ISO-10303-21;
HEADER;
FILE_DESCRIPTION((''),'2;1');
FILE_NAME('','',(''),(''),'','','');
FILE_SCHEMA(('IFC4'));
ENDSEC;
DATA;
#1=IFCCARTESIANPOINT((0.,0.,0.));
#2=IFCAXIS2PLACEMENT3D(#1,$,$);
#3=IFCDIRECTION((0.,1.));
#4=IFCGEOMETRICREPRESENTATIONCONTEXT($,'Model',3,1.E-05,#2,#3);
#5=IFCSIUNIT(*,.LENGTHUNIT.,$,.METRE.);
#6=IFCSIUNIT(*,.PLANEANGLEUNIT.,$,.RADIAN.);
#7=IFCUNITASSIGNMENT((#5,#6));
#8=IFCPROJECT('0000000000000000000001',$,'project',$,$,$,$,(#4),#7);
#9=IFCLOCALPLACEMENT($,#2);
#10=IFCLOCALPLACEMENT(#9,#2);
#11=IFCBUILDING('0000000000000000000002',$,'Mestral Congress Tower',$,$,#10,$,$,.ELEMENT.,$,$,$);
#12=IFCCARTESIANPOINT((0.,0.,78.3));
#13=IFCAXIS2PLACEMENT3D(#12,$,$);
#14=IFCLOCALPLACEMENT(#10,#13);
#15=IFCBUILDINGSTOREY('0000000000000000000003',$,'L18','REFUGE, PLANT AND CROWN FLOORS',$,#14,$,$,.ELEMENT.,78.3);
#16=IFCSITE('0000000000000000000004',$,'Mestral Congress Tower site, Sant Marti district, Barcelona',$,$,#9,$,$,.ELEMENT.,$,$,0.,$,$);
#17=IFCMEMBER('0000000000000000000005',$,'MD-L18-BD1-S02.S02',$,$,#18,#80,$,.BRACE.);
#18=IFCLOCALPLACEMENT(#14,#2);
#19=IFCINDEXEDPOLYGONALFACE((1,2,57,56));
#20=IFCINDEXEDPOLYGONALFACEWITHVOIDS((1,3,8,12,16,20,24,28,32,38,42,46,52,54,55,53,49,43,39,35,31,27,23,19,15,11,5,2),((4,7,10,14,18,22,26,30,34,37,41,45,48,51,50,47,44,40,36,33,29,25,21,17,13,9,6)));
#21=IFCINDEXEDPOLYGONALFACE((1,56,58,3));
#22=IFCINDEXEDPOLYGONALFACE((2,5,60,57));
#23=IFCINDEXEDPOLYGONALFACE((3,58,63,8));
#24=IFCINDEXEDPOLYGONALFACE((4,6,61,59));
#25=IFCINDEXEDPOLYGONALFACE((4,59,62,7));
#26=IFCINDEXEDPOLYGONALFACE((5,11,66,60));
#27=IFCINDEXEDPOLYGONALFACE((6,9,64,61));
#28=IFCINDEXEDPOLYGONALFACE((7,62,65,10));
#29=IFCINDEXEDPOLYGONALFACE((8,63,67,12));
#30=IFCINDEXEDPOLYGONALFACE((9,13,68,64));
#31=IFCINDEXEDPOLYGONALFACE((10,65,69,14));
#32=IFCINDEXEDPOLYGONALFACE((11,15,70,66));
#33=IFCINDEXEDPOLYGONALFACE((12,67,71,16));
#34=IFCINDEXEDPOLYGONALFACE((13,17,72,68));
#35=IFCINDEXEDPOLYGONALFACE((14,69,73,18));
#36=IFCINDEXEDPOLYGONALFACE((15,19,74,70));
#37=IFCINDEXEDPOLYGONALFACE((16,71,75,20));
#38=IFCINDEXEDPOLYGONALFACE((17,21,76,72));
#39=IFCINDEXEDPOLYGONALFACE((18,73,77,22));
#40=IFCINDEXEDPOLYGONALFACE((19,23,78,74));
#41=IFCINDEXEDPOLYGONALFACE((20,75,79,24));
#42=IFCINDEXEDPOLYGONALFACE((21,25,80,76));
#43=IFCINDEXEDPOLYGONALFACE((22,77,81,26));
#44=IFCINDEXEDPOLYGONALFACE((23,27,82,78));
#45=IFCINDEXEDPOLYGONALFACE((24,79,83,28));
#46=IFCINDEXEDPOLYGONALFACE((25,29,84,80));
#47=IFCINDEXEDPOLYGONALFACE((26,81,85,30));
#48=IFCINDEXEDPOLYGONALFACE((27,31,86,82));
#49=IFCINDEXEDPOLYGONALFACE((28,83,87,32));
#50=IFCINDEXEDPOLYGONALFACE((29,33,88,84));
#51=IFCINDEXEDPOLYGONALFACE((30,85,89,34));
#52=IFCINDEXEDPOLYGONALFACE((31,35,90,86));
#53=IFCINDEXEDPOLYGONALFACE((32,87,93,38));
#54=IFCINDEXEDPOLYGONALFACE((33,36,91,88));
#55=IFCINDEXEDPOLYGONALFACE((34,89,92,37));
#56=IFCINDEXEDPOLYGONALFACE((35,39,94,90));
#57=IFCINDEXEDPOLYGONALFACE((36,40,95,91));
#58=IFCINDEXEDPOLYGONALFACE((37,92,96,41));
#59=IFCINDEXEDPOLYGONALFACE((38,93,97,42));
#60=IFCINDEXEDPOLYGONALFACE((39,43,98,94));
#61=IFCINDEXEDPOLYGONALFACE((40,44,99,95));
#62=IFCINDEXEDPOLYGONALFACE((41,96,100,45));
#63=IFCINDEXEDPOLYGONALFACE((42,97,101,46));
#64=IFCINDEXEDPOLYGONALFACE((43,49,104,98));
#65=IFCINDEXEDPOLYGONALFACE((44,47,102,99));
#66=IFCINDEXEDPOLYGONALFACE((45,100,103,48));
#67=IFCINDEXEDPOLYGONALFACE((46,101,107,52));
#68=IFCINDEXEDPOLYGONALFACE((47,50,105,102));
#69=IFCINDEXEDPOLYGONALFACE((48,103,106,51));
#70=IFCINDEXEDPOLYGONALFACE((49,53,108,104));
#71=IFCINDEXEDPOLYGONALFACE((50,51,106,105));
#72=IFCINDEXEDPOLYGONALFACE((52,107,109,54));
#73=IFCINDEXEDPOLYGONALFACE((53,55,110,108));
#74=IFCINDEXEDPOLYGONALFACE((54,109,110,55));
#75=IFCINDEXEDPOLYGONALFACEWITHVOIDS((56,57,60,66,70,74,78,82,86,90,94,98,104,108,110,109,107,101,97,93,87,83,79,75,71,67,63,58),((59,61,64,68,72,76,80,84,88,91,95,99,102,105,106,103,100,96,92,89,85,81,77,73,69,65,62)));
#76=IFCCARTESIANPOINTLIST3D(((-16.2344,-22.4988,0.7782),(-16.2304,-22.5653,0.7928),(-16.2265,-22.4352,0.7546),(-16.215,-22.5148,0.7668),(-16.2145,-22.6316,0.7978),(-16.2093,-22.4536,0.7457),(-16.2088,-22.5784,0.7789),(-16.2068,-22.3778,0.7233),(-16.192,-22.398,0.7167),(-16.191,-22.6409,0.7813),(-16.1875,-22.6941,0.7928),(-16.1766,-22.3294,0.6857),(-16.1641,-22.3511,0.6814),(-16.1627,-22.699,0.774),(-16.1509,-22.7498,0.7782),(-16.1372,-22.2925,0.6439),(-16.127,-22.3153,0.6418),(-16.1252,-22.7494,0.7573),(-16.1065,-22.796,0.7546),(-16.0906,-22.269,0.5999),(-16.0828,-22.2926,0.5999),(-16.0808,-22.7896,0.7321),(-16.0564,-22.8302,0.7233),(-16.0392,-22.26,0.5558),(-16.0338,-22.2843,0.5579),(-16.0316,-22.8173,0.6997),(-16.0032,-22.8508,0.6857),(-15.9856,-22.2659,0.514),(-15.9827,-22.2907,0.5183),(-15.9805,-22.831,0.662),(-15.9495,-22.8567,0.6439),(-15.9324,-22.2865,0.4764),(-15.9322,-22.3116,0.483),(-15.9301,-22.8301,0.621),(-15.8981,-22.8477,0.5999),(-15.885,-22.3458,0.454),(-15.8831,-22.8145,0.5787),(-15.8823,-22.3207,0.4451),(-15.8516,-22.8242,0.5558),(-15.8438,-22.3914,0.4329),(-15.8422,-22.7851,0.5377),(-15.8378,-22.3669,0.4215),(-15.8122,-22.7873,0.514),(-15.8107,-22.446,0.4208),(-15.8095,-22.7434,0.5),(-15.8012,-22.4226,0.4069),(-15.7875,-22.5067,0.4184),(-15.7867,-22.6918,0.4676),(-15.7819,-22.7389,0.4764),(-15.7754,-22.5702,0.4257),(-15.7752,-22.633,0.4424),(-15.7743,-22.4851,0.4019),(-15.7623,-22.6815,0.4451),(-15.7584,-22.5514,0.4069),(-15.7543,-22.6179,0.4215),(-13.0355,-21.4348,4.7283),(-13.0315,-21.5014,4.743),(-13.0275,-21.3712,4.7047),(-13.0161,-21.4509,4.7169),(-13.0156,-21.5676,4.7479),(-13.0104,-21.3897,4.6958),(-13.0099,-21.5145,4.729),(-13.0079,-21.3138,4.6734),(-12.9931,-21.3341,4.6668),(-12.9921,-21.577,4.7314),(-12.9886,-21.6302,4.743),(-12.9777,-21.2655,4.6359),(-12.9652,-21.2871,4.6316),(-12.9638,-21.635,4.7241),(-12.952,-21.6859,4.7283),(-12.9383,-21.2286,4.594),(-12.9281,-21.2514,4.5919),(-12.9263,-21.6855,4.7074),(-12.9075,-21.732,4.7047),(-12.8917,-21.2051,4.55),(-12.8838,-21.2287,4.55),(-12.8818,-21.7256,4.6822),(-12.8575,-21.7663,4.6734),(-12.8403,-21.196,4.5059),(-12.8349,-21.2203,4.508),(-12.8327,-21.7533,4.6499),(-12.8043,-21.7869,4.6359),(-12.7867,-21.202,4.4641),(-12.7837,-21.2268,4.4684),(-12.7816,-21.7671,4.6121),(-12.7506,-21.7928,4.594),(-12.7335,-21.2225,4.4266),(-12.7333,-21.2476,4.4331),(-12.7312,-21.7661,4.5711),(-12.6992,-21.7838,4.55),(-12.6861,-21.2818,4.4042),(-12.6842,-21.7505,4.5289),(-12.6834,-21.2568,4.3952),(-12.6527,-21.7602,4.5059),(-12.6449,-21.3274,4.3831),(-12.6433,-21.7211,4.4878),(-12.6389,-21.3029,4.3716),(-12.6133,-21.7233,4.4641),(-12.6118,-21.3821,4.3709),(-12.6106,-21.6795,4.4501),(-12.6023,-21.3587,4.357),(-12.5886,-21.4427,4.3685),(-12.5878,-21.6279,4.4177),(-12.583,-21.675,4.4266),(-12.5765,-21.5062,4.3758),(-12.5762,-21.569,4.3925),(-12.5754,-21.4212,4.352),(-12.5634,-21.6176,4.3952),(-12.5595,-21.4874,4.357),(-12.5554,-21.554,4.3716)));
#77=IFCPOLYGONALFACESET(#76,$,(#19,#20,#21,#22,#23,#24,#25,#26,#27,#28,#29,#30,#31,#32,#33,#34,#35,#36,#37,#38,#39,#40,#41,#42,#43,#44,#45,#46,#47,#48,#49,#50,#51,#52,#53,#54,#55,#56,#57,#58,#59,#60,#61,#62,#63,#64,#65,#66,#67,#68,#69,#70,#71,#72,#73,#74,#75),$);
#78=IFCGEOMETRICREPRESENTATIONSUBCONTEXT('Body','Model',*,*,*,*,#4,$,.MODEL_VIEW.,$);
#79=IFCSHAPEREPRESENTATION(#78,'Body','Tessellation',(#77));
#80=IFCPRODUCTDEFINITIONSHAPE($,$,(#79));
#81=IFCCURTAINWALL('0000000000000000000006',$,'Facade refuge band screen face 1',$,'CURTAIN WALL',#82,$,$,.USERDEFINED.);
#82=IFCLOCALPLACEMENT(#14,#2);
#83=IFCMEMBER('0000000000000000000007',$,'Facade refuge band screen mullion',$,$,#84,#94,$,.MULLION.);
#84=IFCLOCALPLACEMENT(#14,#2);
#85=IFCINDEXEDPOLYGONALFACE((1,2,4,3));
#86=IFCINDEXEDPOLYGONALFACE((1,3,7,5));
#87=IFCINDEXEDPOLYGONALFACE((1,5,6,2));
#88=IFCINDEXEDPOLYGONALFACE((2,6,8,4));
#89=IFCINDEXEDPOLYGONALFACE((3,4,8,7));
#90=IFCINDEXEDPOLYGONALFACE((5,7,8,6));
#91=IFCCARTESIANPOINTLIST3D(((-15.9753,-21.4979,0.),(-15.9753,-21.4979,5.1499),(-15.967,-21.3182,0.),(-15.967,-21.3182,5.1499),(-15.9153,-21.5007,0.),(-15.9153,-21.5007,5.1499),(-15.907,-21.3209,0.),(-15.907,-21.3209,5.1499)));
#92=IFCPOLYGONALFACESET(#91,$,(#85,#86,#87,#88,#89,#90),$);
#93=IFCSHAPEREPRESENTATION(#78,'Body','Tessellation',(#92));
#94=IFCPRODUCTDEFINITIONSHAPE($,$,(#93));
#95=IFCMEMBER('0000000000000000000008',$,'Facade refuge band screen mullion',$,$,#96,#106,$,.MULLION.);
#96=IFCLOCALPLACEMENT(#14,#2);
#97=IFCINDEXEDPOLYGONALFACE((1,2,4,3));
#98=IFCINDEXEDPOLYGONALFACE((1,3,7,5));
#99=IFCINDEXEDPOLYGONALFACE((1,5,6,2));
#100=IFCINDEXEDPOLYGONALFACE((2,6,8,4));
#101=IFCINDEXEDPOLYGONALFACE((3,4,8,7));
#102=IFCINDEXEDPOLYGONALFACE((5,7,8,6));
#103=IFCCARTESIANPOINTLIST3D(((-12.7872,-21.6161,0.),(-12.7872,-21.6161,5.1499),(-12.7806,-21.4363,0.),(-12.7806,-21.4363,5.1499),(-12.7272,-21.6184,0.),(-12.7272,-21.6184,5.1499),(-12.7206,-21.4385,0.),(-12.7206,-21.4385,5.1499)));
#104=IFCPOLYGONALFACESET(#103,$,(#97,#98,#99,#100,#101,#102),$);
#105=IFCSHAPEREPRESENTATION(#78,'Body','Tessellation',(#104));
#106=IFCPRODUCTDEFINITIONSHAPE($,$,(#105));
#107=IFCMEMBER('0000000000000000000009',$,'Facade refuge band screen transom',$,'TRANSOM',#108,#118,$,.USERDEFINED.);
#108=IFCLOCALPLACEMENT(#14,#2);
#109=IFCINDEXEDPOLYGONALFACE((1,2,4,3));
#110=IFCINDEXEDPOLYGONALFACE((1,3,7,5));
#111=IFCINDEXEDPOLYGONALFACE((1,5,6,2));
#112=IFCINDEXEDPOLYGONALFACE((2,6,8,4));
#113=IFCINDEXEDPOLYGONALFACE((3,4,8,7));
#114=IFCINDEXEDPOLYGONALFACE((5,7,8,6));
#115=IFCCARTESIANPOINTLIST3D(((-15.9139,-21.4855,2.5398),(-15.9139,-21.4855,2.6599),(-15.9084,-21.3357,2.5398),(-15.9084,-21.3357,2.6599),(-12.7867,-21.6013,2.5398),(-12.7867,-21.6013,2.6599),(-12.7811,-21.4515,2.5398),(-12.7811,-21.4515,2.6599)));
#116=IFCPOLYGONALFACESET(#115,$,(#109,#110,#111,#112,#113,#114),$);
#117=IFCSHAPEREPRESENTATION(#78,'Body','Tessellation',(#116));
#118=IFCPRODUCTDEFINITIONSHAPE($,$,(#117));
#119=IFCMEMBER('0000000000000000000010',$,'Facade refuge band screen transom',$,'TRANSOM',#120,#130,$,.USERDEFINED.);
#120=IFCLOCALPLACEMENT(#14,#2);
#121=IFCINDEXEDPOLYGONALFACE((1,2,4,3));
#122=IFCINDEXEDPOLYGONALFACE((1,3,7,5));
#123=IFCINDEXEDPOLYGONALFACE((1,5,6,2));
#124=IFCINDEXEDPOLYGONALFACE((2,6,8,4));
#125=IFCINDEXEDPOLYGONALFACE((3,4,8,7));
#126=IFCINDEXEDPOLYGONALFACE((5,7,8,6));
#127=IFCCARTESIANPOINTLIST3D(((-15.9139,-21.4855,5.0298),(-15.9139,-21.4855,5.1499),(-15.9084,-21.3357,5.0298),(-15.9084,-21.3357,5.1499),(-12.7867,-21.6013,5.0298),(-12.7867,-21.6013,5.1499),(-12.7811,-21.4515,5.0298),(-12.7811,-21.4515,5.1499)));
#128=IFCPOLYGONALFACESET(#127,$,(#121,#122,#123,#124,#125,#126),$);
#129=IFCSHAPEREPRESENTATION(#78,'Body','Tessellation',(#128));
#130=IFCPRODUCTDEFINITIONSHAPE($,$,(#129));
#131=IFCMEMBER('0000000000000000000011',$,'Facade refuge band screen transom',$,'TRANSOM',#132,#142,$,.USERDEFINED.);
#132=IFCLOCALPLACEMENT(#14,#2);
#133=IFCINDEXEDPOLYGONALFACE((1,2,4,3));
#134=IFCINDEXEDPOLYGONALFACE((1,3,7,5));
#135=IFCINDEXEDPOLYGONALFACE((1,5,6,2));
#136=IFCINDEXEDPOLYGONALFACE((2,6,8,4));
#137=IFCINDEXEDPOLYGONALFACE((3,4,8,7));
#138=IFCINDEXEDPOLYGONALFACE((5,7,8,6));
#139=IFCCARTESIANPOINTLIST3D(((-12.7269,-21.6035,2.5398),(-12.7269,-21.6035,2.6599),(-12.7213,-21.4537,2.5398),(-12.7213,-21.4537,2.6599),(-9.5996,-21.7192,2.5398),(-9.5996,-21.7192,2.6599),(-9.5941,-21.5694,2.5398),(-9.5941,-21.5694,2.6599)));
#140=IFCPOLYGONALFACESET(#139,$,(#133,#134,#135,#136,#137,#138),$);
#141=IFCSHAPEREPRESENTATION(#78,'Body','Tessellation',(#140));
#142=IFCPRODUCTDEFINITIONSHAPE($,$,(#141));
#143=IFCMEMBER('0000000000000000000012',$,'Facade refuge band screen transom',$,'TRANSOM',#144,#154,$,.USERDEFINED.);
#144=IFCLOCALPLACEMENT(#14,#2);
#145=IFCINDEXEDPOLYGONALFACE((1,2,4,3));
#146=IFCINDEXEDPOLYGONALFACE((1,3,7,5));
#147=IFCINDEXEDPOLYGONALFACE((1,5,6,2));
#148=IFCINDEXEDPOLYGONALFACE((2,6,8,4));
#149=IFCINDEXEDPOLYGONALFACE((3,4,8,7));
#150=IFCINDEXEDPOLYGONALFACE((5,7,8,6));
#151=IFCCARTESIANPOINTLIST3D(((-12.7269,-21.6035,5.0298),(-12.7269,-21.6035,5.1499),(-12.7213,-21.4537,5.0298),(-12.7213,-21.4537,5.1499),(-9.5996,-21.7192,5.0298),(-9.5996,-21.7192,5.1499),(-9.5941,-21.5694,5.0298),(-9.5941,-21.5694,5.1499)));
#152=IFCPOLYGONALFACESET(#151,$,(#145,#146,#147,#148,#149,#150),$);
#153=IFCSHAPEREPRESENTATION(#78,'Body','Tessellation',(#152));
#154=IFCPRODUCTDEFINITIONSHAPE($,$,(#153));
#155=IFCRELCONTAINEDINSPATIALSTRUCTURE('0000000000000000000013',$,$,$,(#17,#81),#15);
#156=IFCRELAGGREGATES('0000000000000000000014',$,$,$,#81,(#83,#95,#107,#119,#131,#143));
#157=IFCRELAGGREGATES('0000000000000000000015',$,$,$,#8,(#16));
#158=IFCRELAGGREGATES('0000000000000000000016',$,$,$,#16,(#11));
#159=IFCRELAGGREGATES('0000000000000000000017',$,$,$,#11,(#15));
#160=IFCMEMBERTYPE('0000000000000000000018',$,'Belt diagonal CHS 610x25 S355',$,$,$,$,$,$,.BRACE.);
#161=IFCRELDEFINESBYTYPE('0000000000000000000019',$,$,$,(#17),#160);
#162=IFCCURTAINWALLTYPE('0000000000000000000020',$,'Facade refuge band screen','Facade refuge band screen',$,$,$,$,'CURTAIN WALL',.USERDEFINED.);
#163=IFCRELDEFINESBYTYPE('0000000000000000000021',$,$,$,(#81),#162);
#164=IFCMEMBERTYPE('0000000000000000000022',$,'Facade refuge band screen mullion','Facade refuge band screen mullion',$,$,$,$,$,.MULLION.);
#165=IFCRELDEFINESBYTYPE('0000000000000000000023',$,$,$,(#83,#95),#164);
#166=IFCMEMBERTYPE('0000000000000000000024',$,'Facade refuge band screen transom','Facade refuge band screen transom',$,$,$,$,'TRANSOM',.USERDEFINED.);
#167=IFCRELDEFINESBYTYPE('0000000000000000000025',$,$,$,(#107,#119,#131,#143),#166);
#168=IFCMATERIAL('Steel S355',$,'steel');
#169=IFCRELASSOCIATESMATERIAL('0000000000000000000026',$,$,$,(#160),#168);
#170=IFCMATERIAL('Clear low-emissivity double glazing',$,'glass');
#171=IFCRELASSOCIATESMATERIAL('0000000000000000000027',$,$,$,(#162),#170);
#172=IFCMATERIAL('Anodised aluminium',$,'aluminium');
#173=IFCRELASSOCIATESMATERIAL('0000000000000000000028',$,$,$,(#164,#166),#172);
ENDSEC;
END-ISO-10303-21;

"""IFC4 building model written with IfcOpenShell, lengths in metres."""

from ifc_helpers import new_model, si_unit, direction, frame, origin, origin_2d, place, context, subcontext, project, spatial, rectangle, hollow_circle, extrude, material, material_profile, profile_set, type_object, element, aggregate, save


model = new_model("IFC4")

# Units and contexts
model_context = context("Model", 3, precision=1e-05, world=origin(), true_north=direction((0.0, 1.0)))
body_context = subcontext(model_context, "Body", "Model", "MODEL_VIEW")
ifc_project = project(units=[si_unit("LENGTHUNIT", "METRE"), si_unit("PLANEANGLEUNIT", "RADIAN")], contexts=[model_context])

# Site, building, storey
site_placement = place(None, origin())
site = spatial("IfcSite", under=ifc_project, at=site_placement, Name="Mestral Congress Tower site, Sant Marti district, Barcelona", CompositionType="ELEMENT", RefElevation=0.0)
building_placement = place(site_placement, origin())
building = spatial("IfcBuilding", under=site, at=building_placement, Name="Mestral Congress Tower", CompositionType="ELEMENT")
storey_placement = place(building_placement, frame((0.0, 0.0, 78.3)))
storey = spatial("IfcBuildingStorey", under=building, at=storey_placement, Name="L18", Description="REFUGE, PLANT AND CROWN FLOORS", CompositionType="ELEMENT", Elevation=78.3)

# Member
ifc_material_1 = material(Name="Steel S355", Category="steel")
ifc_material_profile_1 = material_profile(ifc_material_1, hollow_circle(Radius=0.3049, WallThickness=0.0249, at=origin_2d()), Name="CHS 610x25")
ifc_profile_set_1 = profile_set([ifc_material_profile_1], Name="Steel S355")
member_type_1 = type_object("IfcMemberType", Name="Belt diagonal CHS 610x25 S355", PredefinedType="BRACE", material=ifc_profile_set_1)
member_1_placement = place(storey_placement, frame((-15.9944, -22.5583, 0.5999), z_axis=(0.615991, 0.204876, 0.760645), x_axis=(-0.315598, 0.948893, 0.0)))
element("IfcMember", 1, at=member_1_placement, inside=storey, type_object=member_type_1, Name="MD-L18-BD1-S02.S02", PredefinedType="BRACE", context=body_context, shape_type="SweptSolid", body=[
    extrude(hollow_circle(Radius=0.3049, WallThickness=0.0249, at=origin_2d()), origin(), (0.0, 0.0, 1.0), 5.1931),
])

# Curtain wall, members
ifc_material_2 = material(Name="Clear low-emissivity double glazing", Category="glass")
curtain_wall_type = type_object("IfcCurtainWallType", Name="Facade refuge band screen", Description="Facade refuge band screen", ElementType="CURTAIN WALL", PredefinedType="USERDEFINED", material=ifc_material_2)
curtain_wall_placement = place(storey_placement, origin())
curtain_wall = element("IfcCurtainWall", 2, at=curtain_wall_placement, inside=storey, type_object=curtain_wall_type, Name="Facade refuge band screen face 1", ObjectType="CURTAIN WALL", PredefinedType="USERDEFINED")
ifc_material_3 = material(Name="Anodised aluminium", Category="aluminium")
ifc_material_profile_2 = material_profile(ifc_material_3, rectangle(XDim=0.1799, YDim=0.0601, at=origin_2d()), Name="CW3 mullion 180 x 60")
ifc_profile_set_2 = profile_set([ifc_material_profile_2], Name="Anodised aluminium")
member_type_2 = type_object("IfcMemberType", Name="Facade refuge band screen mullion", Description="Facade refuge band screen mullion", PredefinedType="MULLION", material=ifc_profile_set_2)
member_2_placement = place(storey_placement, frame((-15.9412, -21.4094, 0.0), z_axis=(0.0, 0.0, 1.0), x_axis=(-0.0462, -0.998932, 0.0)))
member_2 = element("IfcMember", 3, at=member_2_placement, type_object=member_type_2, Name="Facade refuge band screen mullion", PredefinedType="MULLION", context=body_context, shape_type="SweptSolid", body=[
    extrude(rectangle(XDim=0.1799, YDim=0.0601, at=origin_2d()), origin(), (0.0, 0.0, 1.0), 5.1499),
])
member_3_placement = place(storey_placement, frame((-12.7539, -21.5273, 0.0), z_axis=(0.0, 0.0, 1.0), x_axis=(-0.036965, -0.999317, 0.0)))
member_3 = element("IfcMember", 4, at=member_3_placement, type_object=member_type_2, Name="Facade refuge band screen mullion", PredefinedType="MULLION", context=body_context, shape_type="SweptSolid", body=[
    extrude(rectangle(XDim=0.1799, YDim=0.0601, at=origin_2d()), origin(), (0.0, 0.0, 1.0), 5.1499),
])
ifc_material_profile_3 = material_profile(ifc_material_3, rectangle(XDim=0.1499, YDim=0.1201, at=origin_2d()), Name="CW3 transom 150 x 120")
ifc_profile_set_3 = profile_set([ifc_material_profile_3], Name="Anodised aluminium")
member_type_3 = type_object("IfcMemberType", Name="Facade refuge band screen transom", Description="Facade refuge band screen transom", ElementType="TRANSOM", PredefinedType="USERDEFINED", material=ifc_profile_set_3)
member_4_placement = place(storey_placement, frame((-15.9111, -21.4106, 2.5999), z_axis=(0.999316, -0.03698, 0.0), x_axis=(0.03698, 0.999316, 0.0)))
member_4 = element("IfcMember", 5, at=member_4_placement, type_object=member_type_3, Name="Facade refuge band screen transom", ObjectType="TRANSOM", PredefinedType="USERDEFINED", context=body_context, shape_type="SweptSolid", body=[
    extrude(rectangle(XDim=0.1499, YDim=0.1201, at=origin_2d()), origin(), (0.0, 0.0, 1.0), 3.1294),
])
member_5_placement = place(storey_placement, frame((-15.9111, -21.4106, 5.0898), z_axis=(0.999316, -0.03698, 0.0), x_axis=(0.03698, 0.999316, 0.0)))
member_5 = element("IfcMember", 6, at=member_5_placement, type_object=member_type_3, Name="Facade refuge band screen transom", ObjectType="TRANSOM", PredefinedType="USERDEFINED", context=body_context, shape_type="SweptSolid", body=[
    extrude(rectangle(XDim=0.1499, YDim=0.1201, at=origin_2d()), origin(), (0.0, 0.0, 1.0), 3.1294),
])
member_6_placement = place(storey_placement, frame((-12.7241, -21.5286, 2.5999), z_axis=(0.999316, -0.03698, 0.0), x_axis=(0.03698, 0.999316, 0.0)))
member_6 = element("IfcMember", 7, at=member_6_placement, type_object=member_type_3, Name="Facade refuge band screen transom", ObjectType="TRANSOM", PredefinedType="USERDEFINED", context=body_context, shape_type="SweptSolid", body=[
    extrude(rectangle(XDim=0.1499, YDim=0.1201, at=origin_2d()), origin(), (0.0, 0.0, 1.0), 3.1294),
])
member_7_placement = place(storey_placement, frame((-12.7241, -21.5286, 5.0898), z_axis=(0.999316, -0.03698, 0.0), x_axis=(0.03698, 0.999316, 0.0)))
member_7 = element("IfcMember", 8, at=member_7_placement, type_object=member_type_3, Name="Facade refuge band screen transom", ObjectType="TRANSOM", PredefinedType="USERDEFINED", context=body_context, shape_type="SweptSolid", body=[
    extrude(rectangle(XDim=0.1499, YDim=0.1201, at=origin_2d()), origin(), (0.0, 0.0, 1.0), 3.1294),
])

aggregate(curtain_wall, [member_2, member_3, member_4, member_5, member_6, member_7])

save(model, "model.ifc")
